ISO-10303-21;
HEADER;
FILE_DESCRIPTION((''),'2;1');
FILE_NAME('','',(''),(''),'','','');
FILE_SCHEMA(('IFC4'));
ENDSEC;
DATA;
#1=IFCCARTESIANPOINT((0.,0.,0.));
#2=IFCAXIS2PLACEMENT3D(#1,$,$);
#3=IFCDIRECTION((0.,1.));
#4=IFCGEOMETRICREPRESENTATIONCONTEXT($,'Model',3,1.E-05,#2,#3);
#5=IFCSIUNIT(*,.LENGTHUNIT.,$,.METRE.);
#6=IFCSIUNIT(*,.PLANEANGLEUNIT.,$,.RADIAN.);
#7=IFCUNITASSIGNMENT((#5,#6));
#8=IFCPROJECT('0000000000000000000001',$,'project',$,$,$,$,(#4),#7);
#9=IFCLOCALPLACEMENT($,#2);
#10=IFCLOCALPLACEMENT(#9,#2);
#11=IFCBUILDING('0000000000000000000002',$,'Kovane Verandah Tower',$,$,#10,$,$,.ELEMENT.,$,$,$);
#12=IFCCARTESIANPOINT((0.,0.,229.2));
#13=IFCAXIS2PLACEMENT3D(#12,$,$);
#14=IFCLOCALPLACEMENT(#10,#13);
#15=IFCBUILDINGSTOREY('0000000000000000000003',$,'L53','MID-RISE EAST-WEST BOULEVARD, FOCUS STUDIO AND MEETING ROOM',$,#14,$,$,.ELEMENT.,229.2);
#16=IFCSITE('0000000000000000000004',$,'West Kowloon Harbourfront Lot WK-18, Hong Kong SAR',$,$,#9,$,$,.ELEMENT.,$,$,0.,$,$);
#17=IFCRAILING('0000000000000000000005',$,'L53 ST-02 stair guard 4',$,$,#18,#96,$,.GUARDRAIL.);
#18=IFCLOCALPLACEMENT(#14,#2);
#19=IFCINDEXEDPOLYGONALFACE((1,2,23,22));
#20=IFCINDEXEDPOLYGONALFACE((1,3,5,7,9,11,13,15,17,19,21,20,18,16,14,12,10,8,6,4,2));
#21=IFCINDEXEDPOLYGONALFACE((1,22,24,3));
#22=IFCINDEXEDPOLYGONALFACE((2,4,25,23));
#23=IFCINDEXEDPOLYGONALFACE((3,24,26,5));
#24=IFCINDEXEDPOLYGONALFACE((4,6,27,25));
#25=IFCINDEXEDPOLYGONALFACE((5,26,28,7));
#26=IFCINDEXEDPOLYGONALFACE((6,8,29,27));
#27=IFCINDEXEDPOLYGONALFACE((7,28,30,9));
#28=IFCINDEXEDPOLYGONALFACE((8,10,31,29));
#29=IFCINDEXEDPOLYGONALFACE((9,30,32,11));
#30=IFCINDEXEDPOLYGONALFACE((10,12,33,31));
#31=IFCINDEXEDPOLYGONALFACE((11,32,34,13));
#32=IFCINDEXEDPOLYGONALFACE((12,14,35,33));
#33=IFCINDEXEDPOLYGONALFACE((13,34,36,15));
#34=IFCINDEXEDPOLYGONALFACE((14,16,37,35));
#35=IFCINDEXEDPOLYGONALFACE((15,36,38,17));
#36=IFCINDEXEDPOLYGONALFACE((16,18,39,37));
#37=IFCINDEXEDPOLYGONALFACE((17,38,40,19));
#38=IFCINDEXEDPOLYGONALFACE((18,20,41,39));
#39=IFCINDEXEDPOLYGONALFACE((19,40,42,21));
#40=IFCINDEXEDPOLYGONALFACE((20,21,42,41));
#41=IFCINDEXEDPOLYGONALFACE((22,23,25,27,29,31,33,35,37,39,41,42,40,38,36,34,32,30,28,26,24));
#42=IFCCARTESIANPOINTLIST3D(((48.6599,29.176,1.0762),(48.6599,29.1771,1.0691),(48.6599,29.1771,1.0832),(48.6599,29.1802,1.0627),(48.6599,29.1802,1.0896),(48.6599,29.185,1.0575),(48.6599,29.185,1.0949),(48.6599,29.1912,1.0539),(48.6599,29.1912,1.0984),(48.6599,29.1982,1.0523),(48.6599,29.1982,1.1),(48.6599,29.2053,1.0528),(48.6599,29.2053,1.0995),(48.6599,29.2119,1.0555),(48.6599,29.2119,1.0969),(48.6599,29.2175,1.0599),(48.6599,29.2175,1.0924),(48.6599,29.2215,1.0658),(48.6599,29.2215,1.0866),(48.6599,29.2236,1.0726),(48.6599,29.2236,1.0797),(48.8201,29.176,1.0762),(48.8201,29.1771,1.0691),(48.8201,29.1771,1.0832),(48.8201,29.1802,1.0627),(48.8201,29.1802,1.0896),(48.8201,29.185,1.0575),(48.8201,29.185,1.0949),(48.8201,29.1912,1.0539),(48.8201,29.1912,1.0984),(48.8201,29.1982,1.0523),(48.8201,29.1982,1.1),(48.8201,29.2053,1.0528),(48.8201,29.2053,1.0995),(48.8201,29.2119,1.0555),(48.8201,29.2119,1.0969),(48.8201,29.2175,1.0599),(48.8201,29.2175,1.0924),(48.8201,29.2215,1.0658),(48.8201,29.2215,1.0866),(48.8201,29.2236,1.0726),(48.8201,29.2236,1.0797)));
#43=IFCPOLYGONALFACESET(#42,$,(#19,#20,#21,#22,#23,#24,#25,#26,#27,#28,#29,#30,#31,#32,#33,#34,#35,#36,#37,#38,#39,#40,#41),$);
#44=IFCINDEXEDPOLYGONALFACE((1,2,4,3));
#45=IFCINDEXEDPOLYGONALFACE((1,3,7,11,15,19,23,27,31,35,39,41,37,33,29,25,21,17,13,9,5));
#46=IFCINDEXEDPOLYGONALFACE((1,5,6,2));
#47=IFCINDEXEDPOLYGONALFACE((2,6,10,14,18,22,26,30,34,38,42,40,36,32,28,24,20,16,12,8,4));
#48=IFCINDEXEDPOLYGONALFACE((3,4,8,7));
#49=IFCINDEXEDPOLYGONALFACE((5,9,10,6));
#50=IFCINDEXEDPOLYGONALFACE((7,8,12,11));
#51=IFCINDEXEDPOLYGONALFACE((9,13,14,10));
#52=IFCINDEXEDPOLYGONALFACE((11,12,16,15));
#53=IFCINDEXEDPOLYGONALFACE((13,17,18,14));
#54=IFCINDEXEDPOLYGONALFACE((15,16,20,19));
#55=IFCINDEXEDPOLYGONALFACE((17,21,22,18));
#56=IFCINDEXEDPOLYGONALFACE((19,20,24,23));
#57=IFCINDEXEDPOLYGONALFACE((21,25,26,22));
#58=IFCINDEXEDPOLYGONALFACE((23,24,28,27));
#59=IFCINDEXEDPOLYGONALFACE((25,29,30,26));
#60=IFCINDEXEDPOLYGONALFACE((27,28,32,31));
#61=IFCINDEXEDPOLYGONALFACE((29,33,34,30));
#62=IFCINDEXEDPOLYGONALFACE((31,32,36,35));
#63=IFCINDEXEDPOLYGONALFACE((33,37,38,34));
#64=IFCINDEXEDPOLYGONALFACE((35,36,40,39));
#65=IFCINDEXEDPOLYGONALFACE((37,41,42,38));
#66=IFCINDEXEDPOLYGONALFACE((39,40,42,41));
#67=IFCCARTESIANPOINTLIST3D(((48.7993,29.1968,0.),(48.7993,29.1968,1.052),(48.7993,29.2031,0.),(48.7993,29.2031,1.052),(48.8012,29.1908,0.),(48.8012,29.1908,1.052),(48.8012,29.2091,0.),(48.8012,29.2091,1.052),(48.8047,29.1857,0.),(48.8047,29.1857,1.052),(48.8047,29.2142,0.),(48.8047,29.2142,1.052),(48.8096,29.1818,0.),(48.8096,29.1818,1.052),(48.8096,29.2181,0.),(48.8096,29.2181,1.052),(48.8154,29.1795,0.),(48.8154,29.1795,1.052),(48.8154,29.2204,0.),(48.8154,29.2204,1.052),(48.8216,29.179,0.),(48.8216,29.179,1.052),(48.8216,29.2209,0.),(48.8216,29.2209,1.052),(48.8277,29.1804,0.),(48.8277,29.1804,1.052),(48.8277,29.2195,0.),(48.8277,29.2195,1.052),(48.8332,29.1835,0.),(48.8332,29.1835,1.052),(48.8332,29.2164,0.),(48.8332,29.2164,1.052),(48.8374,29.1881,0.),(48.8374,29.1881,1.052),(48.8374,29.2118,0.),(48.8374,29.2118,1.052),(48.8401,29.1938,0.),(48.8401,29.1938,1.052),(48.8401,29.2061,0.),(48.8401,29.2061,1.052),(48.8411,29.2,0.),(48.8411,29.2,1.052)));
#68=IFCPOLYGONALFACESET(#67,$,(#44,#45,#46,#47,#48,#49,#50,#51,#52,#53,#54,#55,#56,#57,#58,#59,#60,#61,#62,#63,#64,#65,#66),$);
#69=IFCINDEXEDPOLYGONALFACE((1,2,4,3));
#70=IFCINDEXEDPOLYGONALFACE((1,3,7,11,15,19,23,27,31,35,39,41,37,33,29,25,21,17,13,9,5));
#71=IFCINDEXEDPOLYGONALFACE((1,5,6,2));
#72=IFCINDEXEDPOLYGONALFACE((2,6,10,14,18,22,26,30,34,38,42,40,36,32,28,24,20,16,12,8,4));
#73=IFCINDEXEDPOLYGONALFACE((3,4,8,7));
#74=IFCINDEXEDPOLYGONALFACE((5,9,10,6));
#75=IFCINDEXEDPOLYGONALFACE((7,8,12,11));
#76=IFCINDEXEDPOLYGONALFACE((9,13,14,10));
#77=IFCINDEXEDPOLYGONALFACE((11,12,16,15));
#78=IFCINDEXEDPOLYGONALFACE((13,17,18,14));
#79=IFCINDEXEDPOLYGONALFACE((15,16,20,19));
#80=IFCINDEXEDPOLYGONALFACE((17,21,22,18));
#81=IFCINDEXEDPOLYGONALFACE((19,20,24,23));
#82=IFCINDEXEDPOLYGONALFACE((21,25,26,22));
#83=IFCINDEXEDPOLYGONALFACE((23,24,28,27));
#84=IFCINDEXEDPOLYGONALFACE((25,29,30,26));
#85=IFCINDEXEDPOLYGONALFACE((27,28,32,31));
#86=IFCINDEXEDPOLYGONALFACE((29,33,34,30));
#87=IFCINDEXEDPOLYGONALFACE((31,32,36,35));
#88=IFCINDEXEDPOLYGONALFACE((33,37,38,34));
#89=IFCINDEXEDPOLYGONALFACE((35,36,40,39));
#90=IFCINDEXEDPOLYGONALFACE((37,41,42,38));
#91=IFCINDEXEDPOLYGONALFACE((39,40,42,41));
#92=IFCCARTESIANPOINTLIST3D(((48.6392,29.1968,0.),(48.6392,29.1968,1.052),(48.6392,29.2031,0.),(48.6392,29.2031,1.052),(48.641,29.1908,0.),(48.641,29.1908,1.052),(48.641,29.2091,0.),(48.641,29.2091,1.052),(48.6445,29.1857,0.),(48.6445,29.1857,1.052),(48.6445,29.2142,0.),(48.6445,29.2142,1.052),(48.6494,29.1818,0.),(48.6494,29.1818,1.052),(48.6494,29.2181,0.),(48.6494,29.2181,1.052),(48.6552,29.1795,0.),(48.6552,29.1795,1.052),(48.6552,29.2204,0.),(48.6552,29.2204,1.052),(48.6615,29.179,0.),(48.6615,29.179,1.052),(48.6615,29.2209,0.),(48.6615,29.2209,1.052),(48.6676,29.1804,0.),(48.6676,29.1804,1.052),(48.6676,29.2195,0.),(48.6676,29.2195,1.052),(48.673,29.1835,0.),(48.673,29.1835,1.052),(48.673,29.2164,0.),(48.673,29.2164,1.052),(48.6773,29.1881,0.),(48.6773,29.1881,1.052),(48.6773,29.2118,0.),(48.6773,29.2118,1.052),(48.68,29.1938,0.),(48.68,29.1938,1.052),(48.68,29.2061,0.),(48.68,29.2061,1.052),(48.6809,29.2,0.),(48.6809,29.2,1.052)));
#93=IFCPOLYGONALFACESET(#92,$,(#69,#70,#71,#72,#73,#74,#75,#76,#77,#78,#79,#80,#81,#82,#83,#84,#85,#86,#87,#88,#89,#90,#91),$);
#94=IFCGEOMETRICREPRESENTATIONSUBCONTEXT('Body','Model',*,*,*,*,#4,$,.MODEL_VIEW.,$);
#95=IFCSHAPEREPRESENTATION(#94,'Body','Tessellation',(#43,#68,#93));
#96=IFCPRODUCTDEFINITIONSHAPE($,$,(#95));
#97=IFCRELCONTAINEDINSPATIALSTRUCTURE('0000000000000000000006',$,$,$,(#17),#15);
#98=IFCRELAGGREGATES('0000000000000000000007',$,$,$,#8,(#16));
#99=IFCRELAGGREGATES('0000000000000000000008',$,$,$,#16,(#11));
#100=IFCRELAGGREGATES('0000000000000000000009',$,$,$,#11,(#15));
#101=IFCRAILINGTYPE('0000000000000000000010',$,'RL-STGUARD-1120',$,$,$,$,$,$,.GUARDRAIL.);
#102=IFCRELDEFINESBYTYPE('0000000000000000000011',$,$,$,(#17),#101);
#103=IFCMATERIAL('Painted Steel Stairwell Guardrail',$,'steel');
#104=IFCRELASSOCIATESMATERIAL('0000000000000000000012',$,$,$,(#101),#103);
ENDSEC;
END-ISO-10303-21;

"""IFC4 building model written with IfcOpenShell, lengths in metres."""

from ifc_helpers import new_model, si_unit, direction, frame, origin, origin_2d, place, context, subcontext, project, spatial, circle, extrude, material, type_object, element, save


model = new_model("IFC4")

# Units and contexts
model_context = context("Model", 3, precision=1e-05, world=origin(), true_north=direction((0.0, 1.0)))
body_context = subcontext(model_context, "Body", "Model", "MODEL_VIEW")
ifc_project = project(units=[si_unit("LENGTHUNIT", "METRE"), si_unit("PLANEANGLEUNIT", "RADIAN")], contexts=[model_context])

# Site, building, storey
site_placement = place(None, origin())
site = spatial("IfcSite", under=ifc_project, at=site_placement, Name="West Kowloon Harbourfront Lot WK-18, Hong Kong SAR", CompositionType="ELEMENT", RefElevation=0.0)
building_placement = place(site_placement, origin())
building = spatial("IfcBuilding", under=site, at=building_placement, Name="Kovane Verandah Tower", CompositionType="ELEMENT")
storey_placement = place(building_placement, frame((0.0, 0.0, 229.2)))
storey = spatial("IfcBuildingStorey", under=building, at=storey_placement, Name="L53", Description="MID-RISE EAST-WEST BOULEVARD, FOCUS STUDIO AND MEETING ROOM", CompositionType="ELEMENT", Elevation=229.2)

# Railing
ifc_material_1 = material(Name="Painted Steel Stairwell Guardrail", Category="steel")
railing_type_1 = type_object("IfcRailingType", Name="RL-STGUARD-1120", PredefinedType="GUARDRAIL", material=ifc_material_1)
railing_1_placement = place(storey_placement, frame((48.8201, 29.2, 0.0)))
element("IfcRailing", 1, at=railing_1_placement, inside=storey, type_object=railing_type_1, Name="L53 ST-02 stair guard 4", PredefinedType="GUARDRAIL", context=body_context, shape_type="SweptSolid", body=[
    extrude(circle(Radius=0.0239, at=origin_2d()), frame((0.0, 0.0, 1.0762), z_axis=(-1.0, 0.0, 0.0), x_axis=(0.0, -1.0, 0.0)), (0.0, 0.0, 1.0), 0.1602),
    extrude(circle(Radius=0.021, at=origin_2d()), origin(), (0.0, 0.0, 1.0), 1.052),
    extrude(circle(Radius=0.021, at=origin_2d()), frame((-0.1602, 0.0, 0.0)), (0.0, 0.0, 1.0), 1.052),
])

save(model, "model.ifc")
